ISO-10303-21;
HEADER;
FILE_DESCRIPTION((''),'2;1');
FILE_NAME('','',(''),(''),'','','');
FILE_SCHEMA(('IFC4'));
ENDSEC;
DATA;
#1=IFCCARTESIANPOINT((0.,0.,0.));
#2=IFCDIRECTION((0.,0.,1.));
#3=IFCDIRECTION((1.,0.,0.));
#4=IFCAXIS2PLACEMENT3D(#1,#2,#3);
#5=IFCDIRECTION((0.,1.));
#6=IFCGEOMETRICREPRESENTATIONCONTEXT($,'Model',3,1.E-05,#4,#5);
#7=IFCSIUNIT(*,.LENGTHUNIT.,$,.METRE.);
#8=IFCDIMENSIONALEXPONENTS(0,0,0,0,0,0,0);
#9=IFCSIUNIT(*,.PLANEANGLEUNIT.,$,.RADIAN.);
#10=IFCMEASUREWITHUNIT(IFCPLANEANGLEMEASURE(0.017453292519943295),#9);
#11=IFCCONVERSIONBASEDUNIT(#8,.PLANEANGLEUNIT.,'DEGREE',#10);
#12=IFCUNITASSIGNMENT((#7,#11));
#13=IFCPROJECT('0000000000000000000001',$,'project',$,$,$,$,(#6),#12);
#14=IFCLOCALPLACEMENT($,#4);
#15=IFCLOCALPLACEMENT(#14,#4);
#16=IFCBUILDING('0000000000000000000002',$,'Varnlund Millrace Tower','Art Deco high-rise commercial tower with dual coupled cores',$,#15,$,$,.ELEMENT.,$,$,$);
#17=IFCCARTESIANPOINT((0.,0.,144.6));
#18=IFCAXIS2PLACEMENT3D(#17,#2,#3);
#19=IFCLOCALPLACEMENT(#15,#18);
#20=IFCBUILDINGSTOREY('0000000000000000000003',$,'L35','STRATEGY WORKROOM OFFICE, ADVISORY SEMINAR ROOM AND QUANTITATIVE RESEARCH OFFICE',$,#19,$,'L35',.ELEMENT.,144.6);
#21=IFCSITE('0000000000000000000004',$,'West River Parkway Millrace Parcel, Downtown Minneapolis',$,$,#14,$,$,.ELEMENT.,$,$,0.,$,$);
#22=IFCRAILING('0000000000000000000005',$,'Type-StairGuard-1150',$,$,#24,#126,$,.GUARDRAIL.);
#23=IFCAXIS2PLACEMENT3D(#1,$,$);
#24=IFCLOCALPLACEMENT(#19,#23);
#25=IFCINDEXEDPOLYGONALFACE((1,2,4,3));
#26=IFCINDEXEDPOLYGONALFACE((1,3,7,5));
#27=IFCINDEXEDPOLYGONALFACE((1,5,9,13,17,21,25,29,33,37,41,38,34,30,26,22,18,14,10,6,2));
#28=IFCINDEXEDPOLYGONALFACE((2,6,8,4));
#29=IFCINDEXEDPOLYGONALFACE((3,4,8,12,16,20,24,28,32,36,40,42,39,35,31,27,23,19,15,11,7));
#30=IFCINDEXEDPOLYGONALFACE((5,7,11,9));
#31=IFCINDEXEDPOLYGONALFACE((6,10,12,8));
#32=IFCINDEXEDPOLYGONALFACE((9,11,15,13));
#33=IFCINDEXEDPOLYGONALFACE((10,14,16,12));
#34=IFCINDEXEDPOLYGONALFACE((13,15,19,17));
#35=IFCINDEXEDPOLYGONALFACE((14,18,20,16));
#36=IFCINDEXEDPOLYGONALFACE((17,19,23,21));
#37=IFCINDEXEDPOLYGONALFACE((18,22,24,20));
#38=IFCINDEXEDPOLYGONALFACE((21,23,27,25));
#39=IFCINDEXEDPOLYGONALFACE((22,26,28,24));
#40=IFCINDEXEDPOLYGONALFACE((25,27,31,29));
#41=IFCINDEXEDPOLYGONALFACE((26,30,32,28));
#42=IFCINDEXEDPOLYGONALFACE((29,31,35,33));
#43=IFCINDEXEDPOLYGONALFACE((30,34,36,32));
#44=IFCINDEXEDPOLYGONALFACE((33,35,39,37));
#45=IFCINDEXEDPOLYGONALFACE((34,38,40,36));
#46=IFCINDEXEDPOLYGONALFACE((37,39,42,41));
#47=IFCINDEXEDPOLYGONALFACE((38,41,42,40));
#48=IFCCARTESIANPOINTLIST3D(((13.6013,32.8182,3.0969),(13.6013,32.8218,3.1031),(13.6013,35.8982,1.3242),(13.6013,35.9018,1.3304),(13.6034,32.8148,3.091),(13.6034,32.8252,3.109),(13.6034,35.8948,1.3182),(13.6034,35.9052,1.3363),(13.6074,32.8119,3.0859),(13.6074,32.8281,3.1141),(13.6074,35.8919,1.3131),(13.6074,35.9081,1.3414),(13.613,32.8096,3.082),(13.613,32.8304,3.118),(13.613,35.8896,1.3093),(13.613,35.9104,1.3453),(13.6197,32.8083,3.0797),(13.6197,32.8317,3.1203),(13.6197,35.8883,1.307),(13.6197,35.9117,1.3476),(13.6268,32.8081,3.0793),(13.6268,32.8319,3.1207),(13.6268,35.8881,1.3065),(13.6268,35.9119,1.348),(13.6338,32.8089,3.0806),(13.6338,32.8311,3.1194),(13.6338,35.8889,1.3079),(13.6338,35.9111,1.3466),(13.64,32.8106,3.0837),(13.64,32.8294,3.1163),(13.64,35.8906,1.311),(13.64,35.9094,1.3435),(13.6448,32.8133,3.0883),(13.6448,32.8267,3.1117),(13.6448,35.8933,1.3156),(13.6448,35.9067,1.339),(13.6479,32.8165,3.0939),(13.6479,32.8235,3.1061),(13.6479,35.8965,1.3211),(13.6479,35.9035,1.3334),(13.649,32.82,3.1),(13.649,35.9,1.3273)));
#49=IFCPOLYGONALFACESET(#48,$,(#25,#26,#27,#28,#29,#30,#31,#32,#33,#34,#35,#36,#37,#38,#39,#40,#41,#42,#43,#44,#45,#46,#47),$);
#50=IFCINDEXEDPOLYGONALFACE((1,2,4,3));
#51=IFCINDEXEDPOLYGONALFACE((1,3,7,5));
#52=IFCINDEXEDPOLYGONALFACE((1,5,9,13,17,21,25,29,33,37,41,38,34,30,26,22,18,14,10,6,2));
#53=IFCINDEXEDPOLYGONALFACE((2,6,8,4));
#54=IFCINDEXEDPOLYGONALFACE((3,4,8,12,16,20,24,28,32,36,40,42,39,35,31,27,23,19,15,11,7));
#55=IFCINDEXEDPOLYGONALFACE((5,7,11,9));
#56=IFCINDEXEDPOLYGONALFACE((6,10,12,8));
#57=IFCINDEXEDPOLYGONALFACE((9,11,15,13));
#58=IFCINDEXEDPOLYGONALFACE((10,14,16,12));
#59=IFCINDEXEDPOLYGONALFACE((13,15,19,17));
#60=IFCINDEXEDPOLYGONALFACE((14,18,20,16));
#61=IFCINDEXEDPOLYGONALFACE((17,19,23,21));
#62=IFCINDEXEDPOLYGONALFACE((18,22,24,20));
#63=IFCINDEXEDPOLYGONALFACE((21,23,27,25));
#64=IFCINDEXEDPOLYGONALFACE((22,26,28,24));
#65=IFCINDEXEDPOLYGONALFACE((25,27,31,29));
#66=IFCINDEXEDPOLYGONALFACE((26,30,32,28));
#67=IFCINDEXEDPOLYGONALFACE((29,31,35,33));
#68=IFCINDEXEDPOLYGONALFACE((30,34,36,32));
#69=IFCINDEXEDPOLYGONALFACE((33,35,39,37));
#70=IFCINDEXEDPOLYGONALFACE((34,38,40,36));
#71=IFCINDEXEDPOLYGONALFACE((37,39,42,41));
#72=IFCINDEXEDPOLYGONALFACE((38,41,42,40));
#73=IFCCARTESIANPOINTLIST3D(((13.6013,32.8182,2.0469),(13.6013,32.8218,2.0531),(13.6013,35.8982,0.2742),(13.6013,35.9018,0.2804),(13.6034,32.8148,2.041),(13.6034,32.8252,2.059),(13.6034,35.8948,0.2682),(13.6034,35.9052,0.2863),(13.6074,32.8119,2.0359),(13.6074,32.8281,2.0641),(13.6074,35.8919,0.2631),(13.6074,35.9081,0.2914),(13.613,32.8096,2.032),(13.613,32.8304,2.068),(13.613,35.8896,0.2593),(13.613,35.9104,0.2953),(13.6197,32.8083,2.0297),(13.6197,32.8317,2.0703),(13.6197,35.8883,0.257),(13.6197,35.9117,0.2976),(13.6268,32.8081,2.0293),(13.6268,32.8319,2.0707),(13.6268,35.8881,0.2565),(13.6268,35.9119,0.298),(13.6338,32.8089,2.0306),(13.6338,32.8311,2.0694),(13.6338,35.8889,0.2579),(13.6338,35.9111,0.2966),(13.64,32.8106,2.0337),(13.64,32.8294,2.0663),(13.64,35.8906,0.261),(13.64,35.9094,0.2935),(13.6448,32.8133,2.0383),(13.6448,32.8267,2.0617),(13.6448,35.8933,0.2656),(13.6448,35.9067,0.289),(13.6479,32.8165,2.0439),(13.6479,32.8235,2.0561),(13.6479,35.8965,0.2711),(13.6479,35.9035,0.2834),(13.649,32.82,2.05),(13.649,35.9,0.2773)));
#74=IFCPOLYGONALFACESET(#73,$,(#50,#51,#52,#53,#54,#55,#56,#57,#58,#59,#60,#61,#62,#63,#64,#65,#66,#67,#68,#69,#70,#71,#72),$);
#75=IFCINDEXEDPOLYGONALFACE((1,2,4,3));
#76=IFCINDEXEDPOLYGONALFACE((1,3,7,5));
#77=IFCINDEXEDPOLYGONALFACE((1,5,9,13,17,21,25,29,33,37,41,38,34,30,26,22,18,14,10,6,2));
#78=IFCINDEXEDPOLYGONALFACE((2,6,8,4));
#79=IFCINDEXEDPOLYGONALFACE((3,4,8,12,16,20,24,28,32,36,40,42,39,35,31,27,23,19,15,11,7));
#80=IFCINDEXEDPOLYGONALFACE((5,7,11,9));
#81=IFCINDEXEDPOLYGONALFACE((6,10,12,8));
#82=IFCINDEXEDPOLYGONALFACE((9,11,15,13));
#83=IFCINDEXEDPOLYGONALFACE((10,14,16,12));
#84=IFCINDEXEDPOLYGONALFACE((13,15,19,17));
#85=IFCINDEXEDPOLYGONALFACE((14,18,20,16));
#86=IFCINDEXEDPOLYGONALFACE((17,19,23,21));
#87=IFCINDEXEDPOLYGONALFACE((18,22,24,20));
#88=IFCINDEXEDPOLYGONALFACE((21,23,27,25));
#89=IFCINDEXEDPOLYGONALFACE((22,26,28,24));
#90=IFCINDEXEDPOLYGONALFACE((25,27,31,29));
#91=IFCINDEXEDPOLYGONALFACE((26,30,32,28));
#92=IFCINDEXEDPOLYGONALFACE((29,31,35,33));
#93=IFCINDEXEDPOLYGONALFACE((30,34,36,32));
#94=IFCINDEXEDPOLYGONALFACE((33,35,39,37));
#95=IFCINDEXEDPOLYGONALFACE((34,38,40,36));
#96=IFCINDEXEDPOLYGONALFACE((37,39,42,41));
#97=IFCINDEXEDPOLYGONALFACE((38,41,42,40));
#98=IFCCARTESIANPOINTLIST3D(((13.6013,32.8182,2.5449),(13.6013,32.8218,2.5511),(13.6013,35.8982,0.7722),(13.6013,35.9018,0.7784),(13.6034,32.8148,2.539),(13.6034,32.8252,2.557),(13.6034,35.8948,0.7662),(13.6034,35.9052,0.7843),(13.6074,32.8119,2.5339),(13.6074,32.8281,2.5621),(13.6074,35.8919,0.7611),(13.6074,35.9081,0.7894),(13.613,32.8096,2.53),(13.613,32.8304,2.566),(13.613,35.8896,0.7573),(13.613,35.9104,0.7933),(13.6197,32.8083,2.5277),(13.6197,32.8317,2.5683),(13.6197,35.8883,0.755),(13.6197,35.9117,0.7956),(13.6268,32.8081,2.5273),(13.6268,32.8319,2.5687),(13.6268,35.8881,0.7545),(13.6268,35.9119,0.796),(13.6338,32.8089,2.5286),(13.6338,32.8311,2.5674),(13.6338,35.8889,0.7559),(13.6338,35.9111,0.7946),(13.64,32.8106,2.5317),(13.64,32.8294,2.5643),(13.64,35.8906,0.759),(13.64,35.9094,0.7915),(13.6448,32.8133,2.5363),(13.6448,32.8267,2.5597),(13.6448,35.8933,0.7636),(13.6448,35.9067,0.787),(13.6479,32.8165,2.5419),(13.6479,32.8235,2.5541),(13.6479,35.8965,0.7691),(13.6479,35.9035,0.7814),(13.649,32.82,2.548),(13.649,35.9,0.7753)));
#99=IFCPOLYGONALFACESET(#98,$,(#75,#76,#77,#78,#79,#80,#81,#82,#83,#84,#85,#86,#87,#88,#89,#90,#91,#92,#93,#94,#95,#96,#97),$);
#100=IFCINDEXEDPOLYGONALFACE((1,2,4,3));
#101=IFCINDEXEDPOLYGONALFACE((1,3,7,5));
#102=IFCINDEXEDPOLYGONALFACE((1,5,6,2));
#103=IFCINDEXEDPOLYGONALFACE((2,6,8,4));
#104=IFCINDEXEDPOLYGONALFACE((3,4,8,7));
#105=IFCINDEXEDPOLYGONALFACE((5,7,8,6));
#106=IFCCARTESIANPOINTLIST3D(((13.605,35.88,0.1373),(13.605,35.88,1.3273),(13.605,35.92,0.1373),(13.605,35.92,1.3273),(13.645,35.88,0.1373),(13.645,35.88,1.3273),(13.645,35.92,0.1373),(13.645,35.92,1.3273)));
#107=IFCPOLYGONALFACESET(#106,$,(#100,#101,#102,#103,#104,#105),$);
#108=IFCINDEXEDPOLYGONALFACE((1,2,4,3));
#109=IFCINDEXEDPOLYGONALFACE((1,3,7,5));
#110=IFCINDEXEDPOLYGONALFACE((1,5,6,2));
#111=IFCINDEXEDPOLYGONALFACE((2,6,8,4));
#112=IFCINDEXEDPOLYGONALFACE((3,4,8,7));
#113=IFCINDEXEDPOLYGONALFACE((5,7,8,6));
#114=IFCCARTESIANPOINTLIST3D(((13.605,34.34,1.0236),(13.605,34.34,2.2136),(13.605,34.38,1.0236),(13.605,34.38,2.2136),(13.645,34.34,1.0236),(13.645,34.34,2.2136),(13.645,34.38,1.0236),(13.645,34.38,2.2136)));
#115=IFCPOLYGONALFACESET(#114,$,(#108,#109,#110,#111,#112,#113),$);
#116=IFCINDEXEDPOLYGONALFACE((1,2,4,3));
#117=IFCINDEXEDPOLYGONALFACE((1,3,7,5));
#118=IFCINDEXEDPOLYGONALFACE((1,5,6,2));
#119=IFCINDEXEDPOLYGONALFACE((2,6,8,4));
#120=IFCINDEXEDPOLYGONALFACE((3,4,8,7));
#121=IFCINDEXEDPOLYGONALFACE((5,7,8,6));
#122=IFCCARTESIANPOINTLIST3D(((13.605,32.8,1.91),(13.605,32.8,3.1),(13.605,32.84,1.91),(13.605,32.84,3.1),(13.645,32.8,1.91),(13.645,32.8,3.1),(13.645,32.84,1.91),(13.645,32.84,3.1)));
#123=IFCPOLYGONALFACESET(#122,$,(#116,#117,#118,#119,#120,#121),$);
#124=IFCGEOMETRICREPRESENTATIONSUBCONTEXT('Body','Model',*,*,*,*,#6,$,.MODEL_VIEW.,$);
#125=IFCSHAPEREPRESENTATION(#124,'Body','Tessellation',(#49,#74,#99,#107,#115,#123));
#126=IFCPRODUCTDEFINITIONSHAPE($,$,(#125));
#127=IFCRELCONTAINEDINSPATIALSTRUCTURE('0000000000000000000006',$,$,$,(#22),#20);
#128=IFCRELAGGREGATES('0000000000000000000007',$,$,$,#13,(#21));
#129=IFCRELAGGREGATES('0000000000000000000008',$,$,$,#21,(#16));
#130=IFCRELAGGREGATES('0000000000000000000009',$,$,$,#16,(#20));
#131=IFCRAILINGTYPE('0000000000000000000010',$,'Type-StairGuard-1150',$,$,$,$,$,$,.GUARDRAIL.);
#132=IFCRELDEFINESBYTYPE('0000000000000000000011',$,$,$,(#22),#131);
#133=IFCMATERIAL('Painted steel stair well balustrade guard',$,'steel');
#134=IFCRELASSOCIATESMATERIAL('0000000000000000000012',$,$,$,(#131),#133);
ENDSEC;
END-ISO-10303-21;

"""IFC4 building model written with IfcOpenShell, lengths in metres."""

from ifc_helpers import new_model, entity, si_unit, converted_unit, direction, frame, origin_with_axes, origin_2d_with_axis, place, context, subcontext, project, spatial, rectangle, circle, extrude, material, type_object, element, save


model = new_model("IFC4")

# Units and contexts
model_context = context("Model", 3, precision=1e-05, world=origin_with_axes(), true_north=direction((0.0, 1.0)))
body_context = subcontext(model_context, "Body", "Model", "MODEL_VIEW")
ifc_project = project(units=[si_unit("LENGTHUNIT", "METRE"), converted_unit("PLANEANGLEUNIT", "DEGREE", entity("IfcPlaneAngleMeasure", 0.017453292519943295), si_unit("PLANEANGLEUNIT", "RADIAN"), dimensions=[0, 0, 0, 0, 0, 0, 0])], contexts=[model_context])

# Site, building, storey
site_placement = place(None, origin_with_axes())
site = spatial("IfcSite", under=ifc_project, at=site_placement, Name="West River Parkway Millrace Parcel, Downtown Minneapolis", CompositionType="ELEMENT", RefElevation=0.0)
building_placement = place(site_placement, origin_with_axes())
building = spatial("IfcBuilding", under=site, at=building_placement, Name="Varnlund Millrace Tower", Description="Art Deco high-rise commercial tower with dual coupled cores", CompositionType="ELEMENT")
storey_placement = place(building_placement, frame((0.0, 0.0, 144.6), z_axis=(0.0, 0.0, 1.0), x_axis=(1.0, 0.0, 0.0)))
storey = spatial("IfcBuildingStorey", under=building, at=storey_placement, Name="L35", Description="STRATEGY WORKROOM OFFICE, ADVISORY SEMINAR ROOM AND QUANTITATIVE RESEARCH OFFICE", LongName="L35", CompositionType="ELEMENT", Elevation=144.6)

# Railing
ifc_material_1 = material(Name="Painted steel stair well balustrade guard", Category="steel")
railing_type_1 = type_object("IfcRailingType", Name="Type-StairGuard-1150", PredefinedType="GUARDRAIL", material=ifc_material_1)
railing_1_placement = place(storey_placement, frame((0.0, 0.0, -144.6), z_axis=(0.0, 0.0, 1.0), x_axis=(1.0, 0.0, 0.0)))
element("IfcRailing", 1, at=railing_1_placement, inside=storey, type_object=railing_type_1, Name="Type-StairGuard-1150", PredefinedType="GUARDRAIL", context=body_context, shape_type="SweptSolid", body=[
    extrude(circle(Radius=0.024, at=origin_2d_with_axis()), frame((13.625, 35.9, 145.9273), z_axis=(0.0, -0.866696, 0.498836), x_axis=(1.0, 0.0, 0.0)), (0.0, 0.0, 1.0), 3.5537),
    extrude(circle(Radius=0.024, at=origin_2d_with_axis()), frame((13.625, 35.9, 144.8773), z_axis=(0.0, -0.866696, 0.498836), x_axis=(1.0, 0.0, 0.0)), (0.0, 0.0, 1.0), 3.5537),
    extrude(circle(Radius=0.024, at=origin_2d_with_axis()), frame((13.625, 35.9, 145.3753), z_axis=(0.0, -0.866696, 0.498836), x_axis=(1.0, 0.0, 0.0)), (0.0, 0.0, 1.0), 3.5537),
    extrude(rectangle(XDim=0.04, YDim=0.04, at=origin_2d_with_axis()), frame((13.625, 35.9, 144.7373), z_axis=(0.0, 0.0, 1.0), x_axis=(1.0, 0.0, 0.0)), (0.0, 0.0, 1.0), 1.19),
    extrude(rectangle(XDim=0.04, YDim=0.04, at=origin_2d_with_axis()), frame((13.625, 34.36, 145.6236), z_axis=(0.0, 0.0, 1.0), x_axis=(1.0, 0.0, 0.0)), (0.0, 0.0, 1.0), 1.19),
    extrude(rectangle(XDim=0.04, YDim=0.04, at=origin_2d_with_axis()), frame((13.625, 32.82, 146.51), z_axis=(0.0, 0.0, 1.0), x_axis=(1.0, 0.0, 0.0)), (0.0, 0.0, 1.0), 1.19),
])

save(model, "model.ifc")
